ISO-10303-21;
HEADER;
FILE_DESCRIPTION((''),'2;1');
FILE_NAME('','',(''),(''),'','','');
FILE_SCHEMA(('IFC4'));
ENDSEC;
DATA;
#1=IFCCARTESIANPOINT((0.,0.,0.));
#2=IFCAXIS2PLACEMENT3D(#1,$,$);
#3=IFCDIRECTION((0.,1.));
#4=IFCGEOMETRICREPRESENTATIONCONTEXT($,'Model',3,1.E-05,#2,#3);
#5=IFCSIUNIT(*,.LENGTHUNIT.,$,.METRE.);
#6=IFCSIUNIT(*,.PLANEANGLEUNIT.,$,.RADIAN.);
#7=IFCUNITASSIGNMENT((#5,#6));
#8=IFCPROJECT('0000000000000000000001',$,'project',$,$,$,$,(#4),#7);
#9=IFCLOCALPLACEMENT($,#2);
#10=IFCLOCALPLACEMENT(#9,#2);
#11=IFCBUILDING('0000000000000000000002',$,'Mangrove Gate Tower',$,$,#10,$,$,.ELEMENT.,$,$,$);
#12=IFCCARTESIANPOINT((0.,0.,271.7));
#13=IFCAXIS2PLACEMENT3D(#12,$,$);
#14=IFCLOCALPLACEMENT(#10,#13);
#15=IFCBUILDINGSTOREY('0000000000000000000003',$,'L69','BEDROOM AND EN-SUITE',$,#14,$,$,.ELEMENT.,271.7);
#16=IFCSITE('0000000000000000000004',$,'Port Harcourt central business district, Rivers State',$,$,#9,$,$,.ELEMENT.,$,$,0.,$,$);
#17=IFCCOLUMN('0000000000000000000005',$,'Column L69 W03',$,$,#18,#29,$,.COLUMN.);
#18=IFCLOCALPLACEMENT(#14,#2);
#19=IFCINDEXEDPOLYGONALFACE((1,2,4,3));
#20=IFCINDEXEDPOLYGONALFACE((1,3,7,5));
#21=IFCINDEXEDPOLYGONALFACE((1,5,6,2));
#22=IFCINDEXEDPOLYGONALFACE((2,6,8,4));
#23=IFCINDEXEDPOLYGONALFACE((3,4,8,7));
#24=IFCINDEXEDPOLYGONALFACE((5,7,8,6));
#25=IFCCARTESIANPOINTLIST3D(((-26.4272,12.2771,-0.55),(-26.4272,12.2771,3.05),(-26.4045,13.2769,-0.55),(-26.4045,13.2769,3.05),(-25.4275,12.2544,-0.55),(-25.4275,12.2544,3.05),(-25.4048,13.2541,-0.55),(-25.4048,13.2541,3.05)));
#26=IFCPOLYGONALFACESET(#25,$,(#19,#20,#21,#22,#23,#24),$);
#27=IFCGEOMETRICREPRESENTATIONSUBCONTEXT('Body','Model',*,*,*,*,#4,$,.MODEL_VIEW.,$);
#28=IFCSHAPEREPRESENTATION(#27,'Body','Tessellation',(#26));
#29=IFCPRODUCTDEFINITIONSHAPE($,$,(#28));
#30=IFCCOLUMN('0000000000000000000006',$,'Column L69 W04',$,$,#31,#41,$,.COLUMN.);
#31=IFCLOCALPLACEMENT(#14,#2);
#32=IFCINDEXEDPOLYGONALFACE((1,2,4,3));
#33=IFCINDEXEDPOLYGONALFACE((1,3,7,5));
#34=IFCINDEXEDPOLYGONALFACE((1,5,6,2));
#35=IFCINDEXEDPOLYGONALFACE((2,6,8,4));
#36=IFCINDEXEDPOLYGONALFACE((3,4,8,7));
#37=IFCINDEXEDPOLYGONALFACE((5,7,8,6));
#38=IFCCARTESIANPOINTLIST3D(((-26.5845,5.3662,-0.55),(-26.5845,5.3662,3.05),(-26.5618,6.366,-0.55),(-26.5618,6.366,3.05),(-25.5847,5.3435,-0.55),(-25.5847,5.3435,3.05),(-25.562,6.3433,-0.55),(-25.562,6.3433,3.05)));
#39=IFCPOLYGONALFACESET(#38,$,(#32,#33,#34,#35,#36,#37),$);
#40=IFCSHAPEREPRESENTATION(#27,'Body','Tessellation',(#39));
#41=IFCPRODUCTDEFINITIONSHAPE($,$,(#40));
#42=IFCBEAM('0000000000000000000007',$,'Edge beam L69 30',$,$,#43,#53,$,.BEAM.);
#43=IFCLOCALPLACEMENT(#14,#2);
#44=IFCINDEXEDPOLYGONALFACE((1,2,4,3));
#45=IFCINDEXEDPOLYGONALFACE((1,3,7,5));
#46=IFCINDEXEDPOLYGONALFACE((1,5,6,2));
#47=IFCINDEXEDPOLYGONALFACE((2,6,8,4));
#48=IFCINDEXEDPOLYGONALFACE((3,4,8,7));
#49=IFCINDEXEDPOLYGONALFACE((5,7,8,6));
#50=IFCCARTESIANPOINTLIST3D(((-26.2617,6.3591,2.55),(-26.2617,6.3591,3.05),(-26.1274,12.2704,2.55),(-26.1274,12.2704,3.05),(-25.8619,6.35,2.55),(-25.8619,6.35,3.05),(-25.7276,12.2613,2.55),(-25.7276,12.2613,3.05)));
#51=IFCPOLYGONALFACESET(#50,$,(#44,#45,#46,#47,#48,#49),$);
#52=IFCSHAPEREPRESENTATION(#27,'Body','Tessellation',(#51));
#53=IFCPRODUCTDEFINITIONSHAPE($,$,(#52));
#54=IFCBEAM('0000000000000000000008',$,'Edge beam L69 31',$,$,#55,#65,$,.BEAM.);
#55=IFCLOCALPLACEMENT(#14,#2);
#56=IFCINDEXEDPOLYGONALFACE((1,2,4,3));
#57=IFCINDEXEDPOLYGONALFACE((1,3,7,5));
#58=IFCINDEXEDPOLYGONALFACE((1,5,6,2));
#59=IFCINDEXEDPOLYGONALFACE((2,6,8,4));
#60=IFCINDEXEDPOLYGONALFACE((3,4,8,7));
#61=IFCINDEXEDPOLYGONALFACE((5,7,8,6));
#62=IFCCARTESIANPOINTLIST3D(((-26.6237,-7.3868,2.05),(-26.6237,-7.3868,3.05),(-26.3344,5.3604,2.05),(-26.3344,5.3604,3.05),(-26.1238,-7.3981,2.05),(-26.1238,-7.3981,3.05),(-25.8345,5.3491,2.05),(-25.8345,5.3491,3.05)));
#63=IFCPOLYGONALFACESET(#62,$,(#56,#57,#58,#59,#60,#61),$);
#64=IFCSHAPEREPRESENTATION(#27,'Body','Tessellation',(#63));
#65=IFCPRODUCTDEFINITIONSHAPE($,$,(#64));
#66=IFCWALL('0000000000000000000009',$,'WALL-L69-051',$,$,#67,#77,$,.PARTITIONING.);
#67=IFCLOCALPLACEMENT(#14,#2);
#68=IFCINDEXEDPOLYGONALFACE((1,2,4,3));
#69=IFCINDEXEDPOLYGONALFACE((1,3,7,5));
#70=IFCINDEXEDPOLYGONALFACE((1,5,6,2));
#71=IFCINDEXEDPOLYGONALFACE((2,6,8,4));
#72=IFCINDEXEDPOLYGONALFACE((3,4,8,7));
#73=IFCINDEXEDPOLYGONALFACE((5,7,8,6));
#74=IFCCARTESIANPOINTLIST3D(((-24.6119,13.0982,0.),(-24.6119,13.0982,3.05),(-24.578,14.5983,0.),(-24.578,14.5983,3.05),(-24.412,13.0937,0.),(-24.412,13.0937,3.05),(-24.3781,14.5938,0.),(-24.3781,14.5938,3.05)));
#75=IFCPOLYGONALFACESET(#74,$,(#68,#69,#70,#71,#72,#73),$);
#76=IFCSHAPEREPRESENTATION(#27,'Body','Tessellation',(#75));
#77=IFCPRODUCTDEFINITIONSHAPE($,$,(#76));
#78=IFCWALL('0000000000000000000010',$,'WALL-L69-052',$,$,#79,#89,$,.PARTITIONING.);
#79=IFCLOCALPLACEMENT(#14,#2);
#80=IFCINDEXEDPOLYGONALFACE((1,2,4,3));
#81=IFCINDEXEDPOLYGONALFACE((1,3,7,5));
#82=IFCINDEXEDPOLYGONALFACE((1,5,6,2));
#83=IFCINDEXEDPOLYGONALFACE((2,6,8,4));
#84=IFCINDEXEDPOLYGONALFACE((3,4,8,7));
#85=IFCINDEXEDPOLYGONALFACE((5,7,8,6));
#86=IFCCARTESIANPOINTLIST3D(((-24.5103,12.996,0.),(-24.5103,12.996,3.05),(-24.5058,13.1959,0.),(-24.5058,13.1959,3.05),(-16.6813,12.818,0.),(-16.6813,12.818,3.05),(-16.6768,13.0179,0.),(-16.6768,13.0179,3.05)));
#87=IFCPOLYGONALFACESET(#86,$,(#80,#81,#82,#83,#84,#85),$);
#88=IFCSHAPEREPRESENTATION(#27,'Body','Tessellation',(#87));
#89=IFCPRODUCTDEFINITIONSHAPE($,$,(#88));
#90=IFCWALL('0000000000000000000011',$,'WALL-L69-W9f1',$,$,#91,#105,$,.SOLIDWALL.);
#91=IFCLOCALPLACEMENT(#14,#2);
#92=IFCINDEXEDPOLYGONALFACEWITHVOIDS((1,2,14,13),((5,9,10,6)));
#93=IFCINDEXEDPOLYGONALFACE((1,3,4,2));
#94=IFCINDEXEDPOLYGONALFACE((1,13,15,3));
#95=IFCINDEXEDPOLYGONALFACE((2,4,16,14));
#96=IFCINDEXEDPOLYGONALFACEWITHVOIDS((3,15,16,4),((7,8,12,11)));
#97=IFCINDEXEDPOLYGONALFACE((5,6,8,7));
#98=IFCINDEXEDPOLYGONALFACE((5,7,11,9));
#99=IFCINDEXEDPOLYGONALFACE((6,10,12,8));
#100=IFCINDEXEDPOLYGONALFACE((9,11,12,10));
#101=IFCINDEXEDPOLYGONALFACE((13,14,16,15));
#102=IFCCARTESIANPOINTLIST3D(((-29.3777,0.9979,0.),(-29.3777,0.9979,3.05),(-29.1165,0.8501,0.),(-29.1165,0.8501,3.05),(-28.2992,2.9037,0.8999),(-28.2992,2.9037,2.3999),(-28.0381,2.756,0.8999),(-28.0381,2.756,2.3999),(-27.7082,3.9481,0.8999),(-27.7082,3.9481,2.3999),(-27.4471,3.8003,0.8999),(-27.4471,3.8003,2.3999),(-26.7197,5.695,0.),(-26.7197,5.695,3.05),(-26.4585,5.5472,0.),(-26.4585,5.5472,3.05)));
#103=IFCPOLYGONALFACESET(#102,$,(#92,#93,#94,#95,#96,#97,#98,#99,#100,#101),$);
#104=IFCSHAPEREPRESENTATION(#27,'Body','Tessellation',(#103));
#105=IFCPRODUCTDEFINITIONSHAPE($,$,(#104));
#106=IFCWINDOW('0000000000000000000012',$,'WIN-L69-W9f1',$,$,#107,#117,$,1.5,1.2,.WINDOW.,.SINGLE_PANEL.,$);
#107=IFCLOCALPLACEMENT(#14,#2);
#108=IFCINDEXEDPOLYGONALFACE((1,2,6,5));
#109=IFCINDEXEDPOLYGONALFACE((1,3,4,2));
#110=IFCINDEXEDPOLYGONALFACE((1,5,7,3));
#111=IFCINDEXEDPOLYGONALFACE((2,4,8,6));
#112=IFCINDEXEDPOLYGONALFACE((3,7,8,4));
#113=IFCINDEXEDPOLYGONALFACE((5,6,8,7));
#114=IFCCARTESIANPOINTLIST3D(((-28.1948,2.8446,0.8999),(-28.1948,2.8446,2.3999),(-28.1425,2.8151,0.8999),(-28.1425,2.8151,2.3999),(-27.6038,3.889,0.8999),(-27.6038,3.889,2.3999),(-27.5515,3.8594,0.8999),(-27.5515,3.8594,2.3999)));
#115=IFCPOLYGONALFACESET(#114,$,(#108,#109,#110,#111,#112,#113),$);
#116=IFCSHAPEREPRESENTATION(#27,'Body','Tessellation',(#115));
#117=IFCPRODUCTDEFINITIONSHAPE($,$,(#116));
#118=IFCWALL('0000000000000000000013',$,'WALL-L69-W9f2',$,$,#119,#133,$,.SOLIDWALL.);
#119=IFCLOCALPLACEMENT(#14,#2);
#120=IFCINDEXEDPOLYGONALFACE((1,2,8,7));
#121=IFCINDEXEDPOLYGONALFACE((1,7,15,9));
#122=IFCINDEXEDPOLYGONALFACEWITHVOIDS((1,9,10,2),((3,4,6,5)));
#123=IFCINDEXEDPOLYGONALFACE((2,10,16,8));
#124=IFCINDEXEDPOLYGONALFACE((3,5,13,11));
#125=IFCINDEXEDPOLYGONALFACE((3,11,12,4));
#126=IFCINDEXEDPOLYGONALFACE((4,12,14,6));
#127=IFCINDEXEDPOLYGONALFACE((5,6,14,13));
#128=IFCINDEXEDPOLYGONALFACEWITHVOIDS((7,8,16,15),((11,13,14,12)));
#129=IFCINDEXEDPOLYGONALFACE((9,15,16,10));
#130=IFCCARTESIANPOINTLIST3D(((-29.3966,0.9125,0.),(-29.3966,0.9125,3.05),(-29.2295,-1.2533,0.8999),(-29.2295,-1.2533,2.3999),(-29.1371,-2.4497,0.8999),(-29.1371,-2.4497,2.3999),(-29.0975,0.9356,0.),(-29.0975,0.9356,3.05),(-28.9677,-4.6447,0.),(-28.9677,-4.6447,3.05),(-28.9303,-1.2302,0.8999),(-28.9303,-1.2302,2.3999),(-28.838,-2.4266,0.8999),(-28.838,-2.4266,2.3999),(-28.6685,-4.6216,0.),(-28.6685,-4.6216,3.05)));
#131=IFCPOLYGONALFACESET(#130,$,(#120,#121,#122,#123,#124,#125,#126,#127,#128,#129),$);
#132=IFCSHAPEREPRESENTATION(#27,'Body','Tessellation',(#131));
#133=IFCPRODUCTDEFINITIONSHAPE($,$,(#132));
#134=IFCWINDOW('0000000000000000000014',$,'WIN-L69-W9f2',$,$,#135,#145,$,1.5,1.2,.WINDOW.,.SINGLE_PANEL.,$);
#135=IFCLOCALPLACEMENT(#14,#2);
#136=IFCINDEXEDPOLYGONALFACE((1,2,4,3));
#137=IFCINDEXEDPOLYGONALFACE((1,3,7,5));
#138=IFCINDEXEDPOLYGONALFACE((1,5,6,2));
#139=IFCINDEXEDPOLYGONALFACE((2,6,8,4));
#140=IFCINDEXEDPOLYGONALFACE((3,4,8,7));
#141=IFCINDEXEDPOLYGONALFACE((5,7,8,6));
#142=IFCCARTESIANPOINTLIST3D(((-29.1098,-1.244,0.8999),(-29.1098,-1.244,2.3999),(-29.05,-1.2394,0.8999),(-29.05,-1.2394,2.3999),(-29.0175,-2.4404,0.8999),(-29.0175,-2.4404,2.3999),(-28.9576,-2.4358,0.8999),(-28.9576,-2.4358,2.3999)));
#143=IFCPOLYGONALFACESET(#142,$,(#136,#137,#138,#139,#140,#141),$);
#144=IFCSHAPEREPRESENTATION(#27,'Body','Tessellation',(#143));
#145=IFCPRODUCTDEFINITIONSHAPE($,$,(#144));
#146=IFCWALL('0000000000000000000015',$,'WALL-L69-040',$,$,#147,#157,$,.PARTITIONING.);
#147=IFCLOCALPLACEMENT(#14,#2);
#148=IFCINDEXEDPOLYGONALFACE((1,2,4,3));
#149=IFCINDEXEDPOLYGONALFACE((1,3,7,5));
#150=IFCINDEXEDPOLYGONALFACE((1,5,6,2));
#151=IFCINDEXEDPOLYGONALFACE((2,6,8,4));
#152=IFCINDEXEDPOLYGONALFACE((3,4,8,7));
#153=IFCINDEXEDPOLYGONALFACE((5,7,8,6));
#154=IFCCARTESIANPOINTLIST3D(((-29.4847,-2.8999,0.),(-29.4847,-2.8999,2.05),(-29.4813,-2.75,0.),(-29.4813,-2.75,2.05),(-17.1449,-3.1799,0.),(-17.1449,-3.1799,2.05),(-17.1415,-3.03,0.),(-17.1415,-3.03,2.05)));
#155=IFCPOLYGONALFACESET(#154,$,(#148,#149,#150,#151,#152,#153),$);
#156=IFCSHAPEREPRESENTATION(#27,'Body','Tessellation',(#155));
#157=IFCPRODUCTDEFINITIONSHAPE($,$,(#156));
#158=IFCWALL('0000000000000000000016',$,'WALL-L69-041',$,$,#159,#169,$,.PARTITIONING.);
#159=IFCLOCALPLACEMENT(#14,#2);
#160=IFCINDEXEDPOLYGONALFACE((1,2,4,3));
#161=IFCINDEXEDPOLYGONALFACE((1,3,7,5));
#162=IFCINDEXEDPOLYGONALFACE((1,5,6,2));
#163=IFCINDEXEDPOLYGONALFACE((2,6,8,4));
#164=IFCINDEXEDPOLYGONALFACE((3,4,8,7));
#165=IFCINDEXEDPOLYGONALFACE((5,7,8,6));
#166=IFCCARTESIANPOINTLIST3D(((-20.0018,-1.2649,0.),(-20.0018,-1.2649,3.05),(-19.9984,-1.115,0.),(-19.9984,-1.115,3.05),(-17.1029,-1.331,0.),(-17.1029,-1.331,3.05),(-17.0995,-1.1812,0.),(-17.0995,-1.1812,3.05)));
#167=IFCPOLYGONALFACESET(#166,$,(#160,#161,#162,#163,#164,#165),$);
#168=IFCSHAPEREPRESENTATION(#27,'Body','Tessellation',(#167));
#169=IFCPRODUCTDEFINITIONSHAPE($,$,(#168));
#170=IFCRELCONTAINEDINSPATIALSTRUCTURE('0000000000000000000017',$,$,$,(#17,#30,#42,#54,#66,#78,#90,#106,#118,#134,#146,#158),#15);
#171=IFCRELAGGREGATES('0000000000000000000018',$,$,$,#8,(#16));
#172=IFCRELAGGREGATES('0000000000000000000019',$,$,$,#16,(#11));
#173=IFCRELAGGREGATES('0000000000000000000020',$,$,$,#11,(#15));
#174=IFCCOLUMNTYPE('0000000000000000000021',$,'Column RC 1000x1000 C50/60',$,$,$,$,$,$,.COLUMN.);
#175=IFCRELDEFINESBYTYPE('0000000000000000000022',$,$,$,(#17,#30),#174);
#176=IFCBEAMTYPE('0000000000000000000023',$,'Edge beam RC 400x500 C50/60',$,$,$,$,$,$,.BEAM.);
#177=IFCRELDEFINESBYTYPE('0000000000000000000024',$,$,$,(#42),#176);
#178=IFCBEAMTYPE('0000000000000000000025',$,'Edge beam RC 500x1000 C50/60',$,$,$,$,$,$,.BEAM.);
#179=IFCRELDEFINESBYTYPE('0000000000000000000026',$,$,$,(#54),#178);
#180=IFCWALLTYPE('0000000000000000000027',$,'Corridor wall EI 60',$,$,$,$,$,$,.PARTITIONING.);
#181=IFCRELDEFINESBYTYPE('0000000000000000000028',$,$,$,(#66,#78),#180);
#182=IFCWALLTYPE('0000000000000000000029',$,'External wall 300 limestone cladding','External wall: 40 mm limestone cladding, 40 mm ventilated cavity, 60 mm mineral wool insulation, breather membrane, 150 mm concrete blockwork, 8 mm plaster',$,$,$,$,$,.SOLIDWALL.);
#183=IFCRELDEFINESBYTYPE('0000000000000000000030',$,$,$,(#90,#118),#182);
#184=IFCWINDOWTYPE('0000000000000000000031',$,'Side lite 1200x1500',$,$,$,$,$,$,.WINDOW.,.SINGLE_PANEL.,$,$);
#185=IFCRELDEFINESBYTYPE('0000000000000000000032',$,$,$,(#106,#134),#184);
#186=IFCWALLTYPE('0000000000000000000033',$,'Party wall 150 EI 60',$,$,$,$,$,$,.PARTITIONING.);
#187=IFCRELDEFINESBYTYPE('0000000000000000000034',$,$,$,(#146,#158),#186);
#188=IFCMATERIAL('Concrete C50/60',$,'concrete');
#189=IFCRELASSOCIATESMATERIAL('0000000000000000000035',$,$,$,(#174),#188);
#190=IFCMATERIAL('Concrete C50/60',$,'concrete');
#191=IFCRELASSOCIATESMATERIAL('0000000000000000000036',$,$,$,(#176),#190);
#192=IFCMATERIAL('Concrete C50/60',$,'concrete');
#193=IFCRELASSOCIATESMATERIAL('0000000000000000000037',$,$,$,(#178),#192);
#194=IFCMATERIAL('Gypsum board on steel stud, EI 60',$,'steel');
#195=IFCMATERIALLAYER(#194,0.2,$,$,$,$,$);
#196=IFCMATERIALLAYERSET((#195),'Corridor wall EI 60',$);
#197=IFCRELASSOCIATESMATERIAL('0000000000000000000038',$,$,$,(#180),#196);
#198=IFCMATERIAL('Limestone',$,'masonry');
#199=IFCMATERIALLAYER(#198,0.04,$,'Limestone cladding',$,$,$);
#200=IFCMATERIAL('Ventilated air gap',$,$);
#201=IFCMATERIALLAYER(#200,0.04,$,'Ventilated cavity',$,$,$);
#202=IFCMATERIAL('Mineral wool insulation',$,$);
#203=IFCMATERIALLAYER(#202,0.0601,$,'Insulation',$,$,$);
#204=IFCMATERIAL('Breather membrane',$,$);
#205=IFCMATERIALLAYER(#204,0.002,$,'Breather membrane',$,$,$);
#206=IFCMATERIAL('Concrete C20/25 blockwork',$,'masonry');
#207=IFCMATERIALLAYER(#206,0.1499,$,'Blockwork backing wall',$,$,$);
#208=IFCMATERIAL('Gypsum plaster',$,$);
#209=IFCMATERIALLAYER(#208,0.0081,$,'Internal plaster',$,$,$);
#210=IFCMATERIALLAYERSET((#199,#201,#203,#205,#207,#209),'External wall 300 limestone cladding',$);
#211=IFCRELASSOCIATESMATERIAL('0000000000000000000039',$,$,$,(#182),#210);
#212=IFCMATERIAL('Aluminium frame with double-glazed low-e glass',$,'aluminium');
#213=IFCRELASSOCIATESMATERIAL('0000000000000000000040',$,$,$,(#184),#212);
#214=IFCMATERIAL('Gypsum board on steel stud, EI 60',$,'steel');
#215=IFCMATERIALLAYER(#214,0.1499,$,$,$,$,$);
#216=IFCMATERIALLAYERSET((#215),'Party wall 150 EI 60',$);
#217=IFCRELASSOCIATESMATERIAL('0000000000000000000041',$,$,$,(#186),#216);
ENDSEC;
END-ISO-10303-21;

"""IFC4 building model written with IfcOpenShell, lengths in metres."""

from ifc_helpers import new_model, si_unit, direction, frame, frame_2d, origin, origin_2d, place, context, subcontext, project, spatial, rectangle, extrude, material, layer, layer_set, material_profile, profile_set, type_object, element, fill, save


model = new_model("IFC4")

# Units and contexts
model_context = context("Model", 3, precision=1e-05, world=origin(), true_north=direction((0.0, 1.0)))
body_context = subcontext(model_context, "Body", "Model", "MODEL_VIEW")
ifc_project = project(units=[si_unit("LENGTHUNIT", "METRE"), si_unit("PLANEANGLEUNIT", "RADIAN")], contexts=[model_context])

# Site, building, storey
site_placement = place(None, origin())
site = spatial("IfcSite", under=ifc_project, at=site_placement, Name="Port Harcourt central business district, Rivers State", CompositionType="ELEMENT", RefElevation=0.0)
building_placement = place(site_placement, origin())
building = spatial("IfcBuilding", under=site, at=building_placement, Name="Mangrove Gate Tower", CompositionType="ELEMENT")
storey_placement = place(building_placement, frame((0.0, 0.0, 271.7)))
storey = spatial("IfcBuildingStorey", under=building, at=storey_placement, Name="L69", Description="BEDROOM AND EN-SUITE", CompositionType="ELEMENT", Elevation=271.7)

# Columns
ifc_material_1 = material(Name="Concrete C50/60", Category="concrete")
ifc_material_profile_1 = material_profile(ifc_material_1, rectangle(XDim=1.0, YDim=1.0, at=origin_2d()))
ifc_profile_set_1 = profile_set([ifc_material_profile_1], Name="Concrete C50/60")
column_type = type_object("IfcColumnType", Name="Column RC 1000x1000 C50/60", PredefinedType="COLUMN", material=ifc_profile_set_1)
for number, where, z_axis, x_axis, name in (
    (1, (-25.916, 12.7656, -0.55), (0.0, 0.0, 1.0), (-0.022712, -0.999742, 0.0), "Column L69 W03"),
    (2, (-26.0732, 5.8547, -0.55), (0.0, 0.0, 1.0), (-0.022697, -0.999742, 0.0), "Column L69 W04"),
):
    element("IfcColumn", number, at=place(storey_placement, frame(where, z_axis=z_axis, x_axis=x_axis)), inside=storey, type_object=column_type, Name=name, PredefinedType="COLUMN", context=body_context, shape_type="SweptSolid", body=[
        extrude(rectangle(XDim=1.0, YDim=1.0, at=origin_2d()), origin(), (0.0, 0.0, 1.0), 3.6001),
    ])

# Beams
ifc_material_2 = material(Name="Concrete C50/60", Category="concrete")
ifc_material_profile_2 = material_profile(ifc_material_2, rectangle(XDim=0.3999, YDim=0.5, at=origin_2d()))
ifc_profile_set_2 = profile_set([ifc_material_profile_2], Name="Concrete C50/60")
beam_type_1 = type_object("IfcBeamType", Name="Edge beam RC 400x500 C50/60", PredefinedType="BEAM", material=ifc_profile_set_2)
beam_1_placement = place(storey_placement, frame((-25.9275, 12.2659, 2.8), z_axis=(-0.022709, -0.999742, 0.0), x_axis=(0.999742, -0.022709, 0.0)))
element("IfcBeam", 3, at=beam_1_placement, inside=storey, type_object=beam_type_1, Name="Edge beam L69 30", PredefinedType="BEAM", context=body_context, shape_type="SweptSolid", body=[
    extrude(rectangle(XDim=0.3999, YDim=0.5, at=origin_2d()), origin(), (0.0, 0.0, 1.0), 5.9128),
])
ifc_material_3 = material(Name="Concrete C50/60", Category="concrete")
ifc_material_profile_3 = material_profile(ifc_material_3, rectangle(XDim=0.5, YDim=1.0, at=origin_2d()))
ifc_profile_set_3 = profile_set([ifc_material_profile_3], Name="Concrete C50/60")
beam_type_2 = type_object("IfcBeamType", Name="Edge beam RC 500x1000 C50/60", PredefinedType="BEAM", material=ifc_profile_set_3)
beam_2_placement = place(storey_placement, frame((-26.0845, 5.3547, 2.55), z_axis=(-0.02269, -0.999743, 0.0), x_axis=(0.999743, -0.02269, 0.0)))
element("IfcBeam", 4, at=beam_2_placement, inside=storey, type_object=beam_type_2, Name="Edge beam L69 31", PredefinedType="BEAM", context=body_context, shape_type="SweptSolid", body=[
    extrude(rectangle(XDim=0.5, YDim=1.0, at=origin_2d()), origin(), (0.0, 0.0, 1.0), 12.7505),
])

# Walls
ifc_material_4 = material(Name="Gypsum board on steel stud, EI 60", Category="steel")
ifc_layer_1 = layer(ifc_material_4, 0.2)
ifc_layer_set_1 = layer_set([ifc_layer_1], Name="Corridor wall EI 60")
wall_type_1 = type_object("IfcWallType", Name="Corridor wall EI 60", PredefinedType="PARTITIONING", material=ifc_layer_set_1)
wall_1_placement = place(storey_placement, frame((-24.512, 13.0959, 0.0), z_axis=(0.0, 0.0, 1.0), x_axis=(0.022618, 0.999744, 0.0)))
element("IfcWall", 5, at=wall_1_placement, inside=storey, type_object=wall_type_1, Name="WALL-L69-051", PredefinedType="PARTITIONING", context=body_context, shape_type="SweptSolid", body=[
    extrude(rectangle(XDim=1.5005, YDim=0.2, at=frame_2d((0.7502, 0.0))), origin(), (0.0, 0.0, 1.0), 3.05),
])
wall_2_placement = place(storey_placement, frame((-24.5081, 13.0959, 0.0), z_axis=(0.0, 0.0, 1.0), x_axis=(0.999742, -0.022727, 0.0)))
element("IfcWall", 6, at=wall_2_placement, inside=storey, type_object=wall_type_1, Name="WALL-L69-052", PredefinedType="PARTITIONING", context=body_context, shape_type="SweptSolid", body=[
    extrude(rectangle(XDim=7.8311, YDim=0.2, at=frame_2d((3.9155, 0.0))), origin(), (0.0, 0.0, 1.0), 3.05),
])

# Walls, openings, windows
ifc_material_5 = material(Name="Limestone", Category="masonry")
ifc_layer_2 = layer(ifc_material_5, 0.04, Name="Limestone cladding")
ifc_material_6 = material(Name="Ventilated air gap")
ifc_layer_3 = layer(ifc_material_6, 0.04, Name="Ventilated cavity")
ifc_material_7 = material(Name="Mineral wool insulation")
ifc_layer_4 = layer(ifc_material_7, 0.0601, Name="Insulation")
ifc_material_8 = material(Name="Breather membrane")
ifc_layer_5 = layer(ifc_material_8, 0.002, Name="Breather membrane")
ifc_material_9 = material(Name="Concrete C20/25 blockwork", Category="masonry")
ifc_layer_6 = layer(ifc_material_9, 0.1499, Name="Blockwork backing wall")
ifc_material_10 = material(Name="Gypsum plaster")
ifc_layer_7 = layer(ifc_material_10, 0.0081, Name="Internal plaster")
ifc_layer_set_2 = layer_set([ifc_layer_2, ifc_layer_3, ifc_layer_4, ifc_layer_5, ifc_layer_6, ifc_layer_7], Name="External wall 300 limestone cladding")
wall_type_2 = type_object("IfcWallType", Name="External wall 300 limestone cladding", Description="External wall: 40 mm limestone cladding, 40 mm ventilated cavity, 60 mm mineral wool insulation, breather membrane, 150 mm concrete blockwork, 8 mm plaster", PredefinedType="SOLIDWALL", material=ifc_layer_set_2)
wall_3_placement = place(storey_placement, frame((-26.5891, 5.6211, 0.0), z_axis=(0.0, 0.0, 1.0), x_axis=(-0.492495, -0.870315, 0.0)))
wall_3 = element("IfcWall", 7, at=wall_3_placement, inside=storey, type_object=wall_type_2, Name="WALL-L69-W9f1", PredefinedType="SOLIDWALL", context=body_context, shape_type="SweptSolid", body=[
    extrude(rectangle(XDim=5.397, YDim=0.3, at=frame_2d((2.6985, 0.0))), origin(), (0.0, 0.0, 1.0), 3.05),
])
opening_1_placement = place(wall_3_placement, frame((2.0071, 0.0, 0.8999)))
opening_1 = element("IfcOpeningElement", 8, at=opening_1_placement, cuts=wall_3, PredefinedType="OPENING", context=body_context, shape_type="SweptSolid", body=[
    extrude(rectangle(XDim=1.2, YDim=1.5, at=frame_2d((0.6001, 0.75))), frame((0.0, 0.1599, 0.0), z_axis=(0.0, -1.0, 0.0), x_axis=(1.0, 0.0, 0.0)), (0.0, 0.0, 1.0), 0.3201),
])
ifc_material_11 = material(Name="Aluminium frame with double-glazed low-e glass", Category="aluminium")
window_type = type_object("IfcWindowType", Name="Side lite 1200x1500", PartitioningType="SINGLE_PANEL", PredefinedType="WINDOW", material=ifc_material_11)
window_1_placement = place(opening_1_placement, origin())
window_1 = element("IfcWindow", 9, at=window_1_placement, inside=storey, type_object=window_type, Name="WIN-L69-W9f1", OverallHeight=1.5, OverallWidth=1.2, PartitioningType="SINGLE_PANEL", PredefinedType="WINDOW", context=body_context, shape_type="SweptSolid", body=[
    extrude(rectangle(XDim=1.2, YDim=1.5, at=frame_2d((0.6001, 0.75))), frame((0.0, 0.03, 0.0), z_axis=(0.0, -1.0, 0.0), x_axis=(1.0, 0.0, 0.0)), (0.0, 0.0, 1.0), 0.0601),
])
fill(opening_1, window_1)
wall_4_placement = place(storey_placement, frame((-29.2471, 0.9241, 0.0), z_axis=(0.0, 0.0, 1.0), x_axis=(0.076961, -0.997034, 0.0)))
wall_4 = element("IfcWall", 10, at=wall_4_placement, inside=storey, type_object=wall_type_2, Name="WALL-L69-W9f2", PredefinedType="SOLIDWALL", context=body_context, shape_type="SweptSolid", body=[
    extrude(rectangle(XDim=5.5737, YDim=0.3, at=frame_2d((2.7869, 0.0))), origin(), (0.0, 0.0, 1.0), 3.05),
])
opening_2_placement = place(wall_4_placement, frame((2.1721, 0.0, 0.8999)))
opening_2 = element("IfcOpeningElement", 11, at=opening_2_placement, cuts=wall_4, PredefinedType="OPENING", context=body_context, shape_type="SweptSolid", body=[
    extrude(rectangle(XDim=1.2, YDim=1.5, at=frame_2d((0.6001, 0.75))), frame((0.0, 0.1599, 0.0), z_axis=(0.0, -1.0, 0.0), x_axis=(1.0, 0.0, 0.0)), (0.0, 0.0, 1.0), 0.3201),
])
window_2_placement = place(opening_2_placement, origin())
window_2 = element("IfcWindow", 12, at=window_2_placement, inside=storey, type_object=window_type, Name="WIN-L69-W9f2", OverallHeight=1.5, OverallWidth=1.2, PartitioningType="SINGLE_PANEL", PredefinedType="WINDOW", context=body_context, shape_type="SweptSolid", body=[
    extrude(rectangle(XDim=1.2, YDim=1.5, at=frame_2d((0.6001, 0.75))), frame((0.0, 0.03, 0.0), z_axis=(0.0, -1.0, 0.0), x_axis=(1.0, 0.0, 0.0)), (0.0, 0.0, 1.0), 0.0601),
])
fill(opening_2, window_2)

# Walls
ifc_material_12 = material(Name="Gypsum board on steel stud, EI 60", Category="steel")
ifc_layer_8 = layer(ifc_material_12, 0.1499)
ifc_layer_set_3 = layer_set([ifc_layer_8], Name="Party wall 150 EI 60")
wall_type_3 = type_object("IfcWallType", Name="Party wall 150 EI 60", PredefinedType="PARTITIONING", material=ifc_layer_set_3)
wall_5_placement = place(storey_placement, frame((-29.4829, -2.825, 0.0), z_axis=(0.0, 0.0, 1.0), x_axis=(0.999743, -0.022687, 0.0)))
element("IfcWall", 13, at=wall_5_placement, inside=storey, type_object=wall_type_3, Name="WALL-L69-040", PredefinedType="PARTITIONING", context=body_context, shape_type="SweptSolid", body=[
    extrude(rectangle(XDim=12.343, YDim=0.1499, at=frame_2d((6.1714, 0.0))), origin(), (0.0, 0.0, 1.0), 2.05),
])
wall_6_placement = place(storey_placement, frame((-20.0, -1.1899, 0.0), z_axis=(0.0, 0.0, 1.0), x_axis=(0.99974, -0.022817, 0.0)))
element("IfcWall", 14, at=wall_6_placement, inside=storey, type_object=wall_type_3, Name="WALL-L69-041", PredefinedType="PARTITIONING", context=body_context, shape_type="SweptSolid", body=[
    extrude(rectangle(XDim=2.8997, YDim=0.1499, at=frame_2d((1.4497, 0.0))), origin(), (0.0, 0.0, 1.0), 3.05),
])

save(model, "model.ifc")
